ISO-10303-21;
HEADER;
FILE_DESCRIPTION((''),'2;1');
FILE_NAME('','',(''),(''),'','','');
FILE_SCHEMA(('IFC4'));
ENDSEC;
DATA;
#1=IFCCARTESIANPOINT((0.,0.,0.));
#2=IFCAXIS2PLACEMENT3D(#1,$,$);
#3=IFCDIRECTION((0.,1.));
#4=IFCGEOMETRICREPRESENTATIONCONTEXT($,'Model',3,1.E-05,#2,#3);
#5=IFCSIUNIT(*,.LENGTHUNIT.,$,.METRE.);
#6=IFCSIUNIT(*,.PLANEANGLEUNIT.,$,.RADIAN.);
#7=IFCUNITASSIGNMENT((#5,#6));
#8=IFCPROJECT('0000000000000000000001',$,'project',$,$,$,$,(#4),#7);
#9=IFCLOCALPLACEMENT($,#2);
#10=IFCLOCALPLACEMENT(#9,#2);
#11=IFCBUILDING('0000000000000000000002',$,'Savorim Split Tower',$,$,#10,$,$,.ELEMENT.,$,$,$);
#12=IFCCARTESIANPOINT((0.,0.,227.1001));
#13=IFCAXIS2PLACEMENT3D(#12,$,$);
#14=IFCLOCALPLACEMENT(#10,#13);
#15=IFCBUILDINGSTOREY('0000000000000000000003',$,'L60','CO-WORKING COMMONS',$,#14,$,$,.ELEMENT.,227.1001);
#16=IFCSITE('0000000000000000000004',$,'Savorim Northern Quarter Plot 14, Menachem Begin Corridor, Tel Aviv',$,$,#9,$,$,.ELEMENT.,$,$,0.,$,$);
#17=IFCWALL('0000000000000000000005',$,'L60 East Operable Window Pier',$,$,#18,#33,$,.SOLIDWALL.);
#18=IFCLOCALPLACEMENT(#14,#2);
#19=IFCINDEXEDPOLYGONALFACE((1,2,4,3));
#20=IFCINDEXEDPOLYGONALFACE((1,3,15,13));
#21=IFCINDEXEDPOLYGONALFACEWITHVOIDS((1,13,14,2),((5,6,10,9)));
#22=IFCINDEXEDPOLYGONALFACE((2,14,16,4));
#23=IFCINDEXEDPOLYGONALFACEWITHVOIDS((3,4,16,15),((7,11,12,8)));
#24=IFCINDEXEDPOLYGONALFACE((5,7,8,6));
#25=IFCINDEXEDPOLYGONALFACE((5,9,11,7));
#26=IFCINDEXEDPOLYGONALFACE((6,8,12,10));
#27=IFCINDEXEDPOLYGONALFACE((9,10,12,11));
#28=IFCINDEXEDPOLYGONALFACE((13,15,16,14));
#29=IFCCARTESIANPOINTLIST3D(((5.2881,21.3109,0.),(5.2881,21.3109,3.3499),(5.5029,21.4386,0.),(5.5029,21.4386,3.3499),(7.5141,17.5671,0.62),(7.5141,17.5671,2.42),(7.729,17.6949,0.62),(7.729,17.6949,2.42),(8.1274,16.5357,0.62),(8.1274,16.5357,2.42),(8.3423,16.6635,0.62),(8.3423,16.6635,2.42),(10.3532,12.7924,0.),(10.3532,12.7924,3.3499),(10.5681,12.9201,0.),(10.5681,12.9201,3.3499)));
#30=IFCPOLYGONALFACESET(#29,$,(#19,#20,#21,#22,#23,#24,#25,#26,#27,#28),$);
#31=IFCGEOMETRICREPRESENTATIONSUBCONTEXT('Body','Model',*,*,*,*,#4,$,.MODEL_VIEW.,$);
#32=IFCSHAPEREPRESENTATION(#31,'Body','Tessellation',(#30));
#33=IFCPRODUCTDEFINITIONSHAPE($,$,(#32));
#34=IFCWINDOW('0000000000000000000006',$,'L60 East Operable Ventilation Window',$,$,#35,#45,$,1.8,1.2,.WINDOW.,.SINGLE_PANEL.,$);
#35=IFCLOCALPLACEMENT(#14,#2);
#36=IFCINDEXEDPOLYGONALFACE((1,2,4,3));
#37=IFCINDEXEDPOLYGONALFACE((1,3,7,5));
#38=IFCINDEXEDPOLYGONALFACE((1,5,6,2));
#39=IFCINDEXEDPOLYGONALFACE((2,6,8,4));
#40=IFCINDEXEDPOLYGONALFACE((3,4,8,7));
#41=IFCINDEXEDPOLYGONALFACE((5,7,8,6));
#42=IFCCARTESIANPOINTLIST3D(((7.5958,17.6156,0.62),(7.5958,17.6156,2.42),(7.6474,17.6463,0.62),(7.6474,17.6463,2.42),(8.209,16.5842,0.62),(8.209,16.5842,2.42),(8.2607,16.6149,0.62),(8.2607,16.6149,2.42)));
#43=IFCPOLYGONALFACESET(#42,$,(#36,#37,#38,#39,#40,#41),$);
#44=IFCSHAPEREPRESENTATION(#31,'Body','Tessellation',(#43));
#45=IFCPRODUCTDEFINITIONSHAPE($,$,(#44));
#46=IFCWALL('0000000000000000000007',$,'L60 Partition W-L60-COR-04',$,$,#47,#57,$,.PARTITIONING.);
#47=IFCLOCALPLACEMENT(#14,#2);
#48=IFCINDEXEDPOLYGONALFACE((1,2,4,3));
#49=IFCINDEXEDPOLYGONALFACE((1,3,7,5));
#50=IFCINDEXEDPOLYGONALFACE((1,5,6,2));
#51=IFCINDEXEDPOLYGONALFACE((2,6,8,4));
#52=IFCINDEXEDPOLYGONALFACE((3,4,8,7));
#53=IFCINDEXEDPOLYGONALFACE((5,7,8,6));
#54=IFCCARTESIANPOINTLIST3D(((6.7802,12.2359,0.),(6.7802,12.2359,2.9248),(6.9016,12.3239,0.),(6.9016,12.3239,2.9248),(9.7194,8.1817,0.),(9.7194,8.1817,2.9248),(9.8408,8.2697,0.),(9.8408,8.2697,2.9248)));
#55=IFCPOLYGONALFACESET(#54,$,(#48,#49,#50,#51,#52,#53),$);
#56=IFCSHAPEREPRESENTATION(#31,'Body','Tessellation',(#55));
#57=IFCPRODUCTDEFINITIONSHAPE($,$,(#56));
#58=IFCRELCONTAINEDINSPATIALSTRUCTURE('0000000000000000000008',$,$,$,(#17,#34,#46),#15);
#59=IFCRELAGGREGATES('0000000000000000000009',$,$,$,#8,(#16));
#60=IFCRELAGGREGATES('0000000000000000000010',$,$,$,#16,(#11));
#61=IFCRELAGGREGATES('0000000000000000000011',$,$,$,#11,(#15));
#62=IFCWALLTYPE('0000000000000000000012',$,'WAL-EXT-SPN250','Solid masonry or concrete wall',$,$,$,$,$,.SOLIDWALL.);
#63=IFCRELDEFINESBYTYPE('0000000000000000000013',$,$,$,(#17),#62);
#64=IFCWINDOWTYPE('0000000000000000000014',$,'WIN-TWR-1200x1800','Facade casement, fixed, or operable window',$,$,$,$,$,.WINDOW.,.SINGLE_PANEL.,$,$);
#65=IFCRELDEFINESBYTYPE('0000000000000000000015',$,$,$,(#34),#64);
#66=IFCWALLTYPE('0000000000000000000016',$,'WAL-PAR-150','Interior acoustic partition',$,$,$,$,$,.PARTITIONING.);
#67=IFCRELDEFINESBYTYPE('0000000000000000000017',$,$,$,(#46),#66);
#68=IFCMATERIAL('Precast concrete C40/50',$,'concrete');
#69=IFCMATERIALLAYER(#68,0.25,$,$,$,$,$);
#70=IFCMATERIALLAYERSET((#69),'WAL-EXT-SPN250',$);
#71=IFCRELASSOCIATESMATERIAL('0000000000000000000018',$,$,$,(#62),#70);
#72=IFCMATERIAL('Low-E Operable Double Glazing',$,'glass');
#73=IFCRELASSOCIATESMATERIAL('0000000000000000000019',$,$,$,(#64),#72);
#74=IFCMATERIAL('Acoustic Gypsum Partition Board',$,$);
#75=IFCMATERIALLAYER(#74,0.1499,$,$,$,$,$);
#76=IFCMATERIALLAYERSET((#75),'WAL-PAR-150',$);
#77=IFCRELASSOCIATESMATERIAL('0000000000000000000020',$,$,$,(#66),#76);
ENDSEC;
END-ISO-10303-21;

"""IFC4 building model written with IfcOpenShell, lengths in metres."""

from ifc_helpers import new_model, si_unit, direction, frame, frame_2d, origin, place, context, subcontext, project, spatial, rectangle, extrude, material, layer, layer_set, type_object, element, fill, save


model = new_model("IFC4")

# Units and contexts
model_context = context("Model", 3, precision=1e-05, world=origin(), true_north=direction((0.0, 1.0)))
body_context = subcontext(model_context, "Body", "Model", "MODEL_VIEW")
ifc_project = project(units=[si_unit("LENGTHUNIT", "METRE"), si_unit("PLANEANGLEUNIT", "RADIAN")], contexts=[model_context])

# Site, building, storey
site_placement = place(None, origin())
site = spatial("IfcSite", under=ifc_project, at=site_placement, Name="Savorim Northern Quarter Plot 14, Menachem Begin Corridor, Tel Aviv", CompositionType="ELEMENT", RefElevation=0.0)
building_placement = place(site_placement, origin())
building = spatial("IfcBuilding", under=site, at=building_placement, Name="Savorim Split Tower", CompositionType="ELEMENT")
storey_placement = place(building_placement, frame((0.0, 0.0, 227.1001)))
storey = spatial("IfcBuildingStorey", under=building, at=storey_placement, Name="L60", Description="CO-WORKING COMMONS", CompositionType="ELEMENT", Elevation=227.1001)

# Shared definitions
ifc_material_1 = material(Name="Precast concrete C40/50", Category="concrete")

# Wall, opening, window
ifc_layer_1 = layer(ifc_material_1, 0.25)
ifc_layer_set_1 = layer_set([ifc_layer_1], Name="WAL-EXT-SPN250")
wall_type_1 = type_object("IfcWallType", Name="WAL-EXT-SPN250", Description="Solid masonry or concrete wall", PredefinedType="SOLIDWALL", material=ifc_layer_set_1)
wall_1_placement = place(storey_placement, frame((5.3955, 21.3748, 0.0), z_axis=(0.0, 0.0, 1.0), x_axis=(0.511083, -0.859532, 0.0)))
wall_1 = element("IfcWall", 1, at=wall_1_placement, inside=storey, type_object=wall_type_1, Name="L60 East Operable Window Pier", PredefinedType="SOLIDWALL", context=body_context, shape_type="SweptSolid", body=[
    extrude(rectangle(XDim=9.9106, YDim=0.25, at=frame_2d((4.9553, 0.0))), origin(), (0.0, 0.0, 1.0), 3.3499),
])
opening_1_placement = place(wall_1_placement, frame((4.3555, 0.0, 0.6201)))
opening_1 = element("IfcOpeningElement", 2, at=opening_1_placement, cuts=wall_1, PredefinedType="OPENING", context=body_context, shape_type="SweptSolid", body=[
    extrude(rectangle(XDim=1.2, YDim=1.8, at=frame_2d((0.6001, 0.8999))), frame((0.0, 0.135, 0.0), z_axis=(0.0, -1.0, 0.0), x_axis=(1.0, 0.0, 0.0)), (0.0, 0.0, 1.0), 0.27),
])
ifc_material_2 = material(Name="Low-E Operable Double Glazing", Category="glass")
window_type = type_object("IfcWindowType", Name="WIN-TWR-1200x1800", Description="Facade casement, fixed, or operable window", PartitioningType="SINGLE_PANEL", PredefinedType="WINDOW", material=ifc_material_2)
window_placement = place(opening_1_placement, origin())
window = element("IfcWindow", 3, at=window_placement, inside=storey, type_object=window_type, Name="L60 East Operable Ventilation Window", OverallHeight=1.8, OverallWidth=1.2, PartitioningType="SINGLE_PANEL", PredefinedType="WINDOW", context=body_context, shape_type="SweptSolid", body=[
    extrude(rectangle(XDim=1.2, YDim=1.8, at=frame_2d((0.6001, 0.8999))), frame((0.0, 0.03, 0.0), z_axis=(0.0, -1.0, 0.0), x_axis=(1.0, 0.0, 0.0)), (0.0, 0.0, 1.0), 0.0601),
])
fill(opening_1, window)

# Wall
ifc_material_3 = material(Name="Acoustic Gypsum Partition Board")
ifc_layer_2 = layer(ifc_material_3, 0.1499)
ifc_layer_set_2 = layer_set([ifc_layer_2], Name="WAL-PAR-150")
wall_type_2 = type_object("IfcWallType", Name="WAL-PAR-150", Description="Interior acoustic partition", PredefinedType="PARTITIONING", material=ifc_layer_set_2)
wall_2_placement = place(storey_placement, frame((6.8408, 12.28, 0.0), z_axis=(0.0, 0.0, 1.0), x_axis=(0.586956, -0.809619, 0.0)))
element("IfcWall", 4, at=wall_2_placement, inside=storey, type_object=wall_type_2, Name="L60 Partition W-L60-COR-04", PredefinedType="PARTITIONING", context=body_context, shape_type="SweptSolid", body=[
    extrude(rectangle(XDim=5.0076, YDim=0.1499, at=frame_2d((2.5039, 0.0))), origin(), (0.0, 0.0, 1.0), 2.9248),
])

save(model, "model.ifc")
